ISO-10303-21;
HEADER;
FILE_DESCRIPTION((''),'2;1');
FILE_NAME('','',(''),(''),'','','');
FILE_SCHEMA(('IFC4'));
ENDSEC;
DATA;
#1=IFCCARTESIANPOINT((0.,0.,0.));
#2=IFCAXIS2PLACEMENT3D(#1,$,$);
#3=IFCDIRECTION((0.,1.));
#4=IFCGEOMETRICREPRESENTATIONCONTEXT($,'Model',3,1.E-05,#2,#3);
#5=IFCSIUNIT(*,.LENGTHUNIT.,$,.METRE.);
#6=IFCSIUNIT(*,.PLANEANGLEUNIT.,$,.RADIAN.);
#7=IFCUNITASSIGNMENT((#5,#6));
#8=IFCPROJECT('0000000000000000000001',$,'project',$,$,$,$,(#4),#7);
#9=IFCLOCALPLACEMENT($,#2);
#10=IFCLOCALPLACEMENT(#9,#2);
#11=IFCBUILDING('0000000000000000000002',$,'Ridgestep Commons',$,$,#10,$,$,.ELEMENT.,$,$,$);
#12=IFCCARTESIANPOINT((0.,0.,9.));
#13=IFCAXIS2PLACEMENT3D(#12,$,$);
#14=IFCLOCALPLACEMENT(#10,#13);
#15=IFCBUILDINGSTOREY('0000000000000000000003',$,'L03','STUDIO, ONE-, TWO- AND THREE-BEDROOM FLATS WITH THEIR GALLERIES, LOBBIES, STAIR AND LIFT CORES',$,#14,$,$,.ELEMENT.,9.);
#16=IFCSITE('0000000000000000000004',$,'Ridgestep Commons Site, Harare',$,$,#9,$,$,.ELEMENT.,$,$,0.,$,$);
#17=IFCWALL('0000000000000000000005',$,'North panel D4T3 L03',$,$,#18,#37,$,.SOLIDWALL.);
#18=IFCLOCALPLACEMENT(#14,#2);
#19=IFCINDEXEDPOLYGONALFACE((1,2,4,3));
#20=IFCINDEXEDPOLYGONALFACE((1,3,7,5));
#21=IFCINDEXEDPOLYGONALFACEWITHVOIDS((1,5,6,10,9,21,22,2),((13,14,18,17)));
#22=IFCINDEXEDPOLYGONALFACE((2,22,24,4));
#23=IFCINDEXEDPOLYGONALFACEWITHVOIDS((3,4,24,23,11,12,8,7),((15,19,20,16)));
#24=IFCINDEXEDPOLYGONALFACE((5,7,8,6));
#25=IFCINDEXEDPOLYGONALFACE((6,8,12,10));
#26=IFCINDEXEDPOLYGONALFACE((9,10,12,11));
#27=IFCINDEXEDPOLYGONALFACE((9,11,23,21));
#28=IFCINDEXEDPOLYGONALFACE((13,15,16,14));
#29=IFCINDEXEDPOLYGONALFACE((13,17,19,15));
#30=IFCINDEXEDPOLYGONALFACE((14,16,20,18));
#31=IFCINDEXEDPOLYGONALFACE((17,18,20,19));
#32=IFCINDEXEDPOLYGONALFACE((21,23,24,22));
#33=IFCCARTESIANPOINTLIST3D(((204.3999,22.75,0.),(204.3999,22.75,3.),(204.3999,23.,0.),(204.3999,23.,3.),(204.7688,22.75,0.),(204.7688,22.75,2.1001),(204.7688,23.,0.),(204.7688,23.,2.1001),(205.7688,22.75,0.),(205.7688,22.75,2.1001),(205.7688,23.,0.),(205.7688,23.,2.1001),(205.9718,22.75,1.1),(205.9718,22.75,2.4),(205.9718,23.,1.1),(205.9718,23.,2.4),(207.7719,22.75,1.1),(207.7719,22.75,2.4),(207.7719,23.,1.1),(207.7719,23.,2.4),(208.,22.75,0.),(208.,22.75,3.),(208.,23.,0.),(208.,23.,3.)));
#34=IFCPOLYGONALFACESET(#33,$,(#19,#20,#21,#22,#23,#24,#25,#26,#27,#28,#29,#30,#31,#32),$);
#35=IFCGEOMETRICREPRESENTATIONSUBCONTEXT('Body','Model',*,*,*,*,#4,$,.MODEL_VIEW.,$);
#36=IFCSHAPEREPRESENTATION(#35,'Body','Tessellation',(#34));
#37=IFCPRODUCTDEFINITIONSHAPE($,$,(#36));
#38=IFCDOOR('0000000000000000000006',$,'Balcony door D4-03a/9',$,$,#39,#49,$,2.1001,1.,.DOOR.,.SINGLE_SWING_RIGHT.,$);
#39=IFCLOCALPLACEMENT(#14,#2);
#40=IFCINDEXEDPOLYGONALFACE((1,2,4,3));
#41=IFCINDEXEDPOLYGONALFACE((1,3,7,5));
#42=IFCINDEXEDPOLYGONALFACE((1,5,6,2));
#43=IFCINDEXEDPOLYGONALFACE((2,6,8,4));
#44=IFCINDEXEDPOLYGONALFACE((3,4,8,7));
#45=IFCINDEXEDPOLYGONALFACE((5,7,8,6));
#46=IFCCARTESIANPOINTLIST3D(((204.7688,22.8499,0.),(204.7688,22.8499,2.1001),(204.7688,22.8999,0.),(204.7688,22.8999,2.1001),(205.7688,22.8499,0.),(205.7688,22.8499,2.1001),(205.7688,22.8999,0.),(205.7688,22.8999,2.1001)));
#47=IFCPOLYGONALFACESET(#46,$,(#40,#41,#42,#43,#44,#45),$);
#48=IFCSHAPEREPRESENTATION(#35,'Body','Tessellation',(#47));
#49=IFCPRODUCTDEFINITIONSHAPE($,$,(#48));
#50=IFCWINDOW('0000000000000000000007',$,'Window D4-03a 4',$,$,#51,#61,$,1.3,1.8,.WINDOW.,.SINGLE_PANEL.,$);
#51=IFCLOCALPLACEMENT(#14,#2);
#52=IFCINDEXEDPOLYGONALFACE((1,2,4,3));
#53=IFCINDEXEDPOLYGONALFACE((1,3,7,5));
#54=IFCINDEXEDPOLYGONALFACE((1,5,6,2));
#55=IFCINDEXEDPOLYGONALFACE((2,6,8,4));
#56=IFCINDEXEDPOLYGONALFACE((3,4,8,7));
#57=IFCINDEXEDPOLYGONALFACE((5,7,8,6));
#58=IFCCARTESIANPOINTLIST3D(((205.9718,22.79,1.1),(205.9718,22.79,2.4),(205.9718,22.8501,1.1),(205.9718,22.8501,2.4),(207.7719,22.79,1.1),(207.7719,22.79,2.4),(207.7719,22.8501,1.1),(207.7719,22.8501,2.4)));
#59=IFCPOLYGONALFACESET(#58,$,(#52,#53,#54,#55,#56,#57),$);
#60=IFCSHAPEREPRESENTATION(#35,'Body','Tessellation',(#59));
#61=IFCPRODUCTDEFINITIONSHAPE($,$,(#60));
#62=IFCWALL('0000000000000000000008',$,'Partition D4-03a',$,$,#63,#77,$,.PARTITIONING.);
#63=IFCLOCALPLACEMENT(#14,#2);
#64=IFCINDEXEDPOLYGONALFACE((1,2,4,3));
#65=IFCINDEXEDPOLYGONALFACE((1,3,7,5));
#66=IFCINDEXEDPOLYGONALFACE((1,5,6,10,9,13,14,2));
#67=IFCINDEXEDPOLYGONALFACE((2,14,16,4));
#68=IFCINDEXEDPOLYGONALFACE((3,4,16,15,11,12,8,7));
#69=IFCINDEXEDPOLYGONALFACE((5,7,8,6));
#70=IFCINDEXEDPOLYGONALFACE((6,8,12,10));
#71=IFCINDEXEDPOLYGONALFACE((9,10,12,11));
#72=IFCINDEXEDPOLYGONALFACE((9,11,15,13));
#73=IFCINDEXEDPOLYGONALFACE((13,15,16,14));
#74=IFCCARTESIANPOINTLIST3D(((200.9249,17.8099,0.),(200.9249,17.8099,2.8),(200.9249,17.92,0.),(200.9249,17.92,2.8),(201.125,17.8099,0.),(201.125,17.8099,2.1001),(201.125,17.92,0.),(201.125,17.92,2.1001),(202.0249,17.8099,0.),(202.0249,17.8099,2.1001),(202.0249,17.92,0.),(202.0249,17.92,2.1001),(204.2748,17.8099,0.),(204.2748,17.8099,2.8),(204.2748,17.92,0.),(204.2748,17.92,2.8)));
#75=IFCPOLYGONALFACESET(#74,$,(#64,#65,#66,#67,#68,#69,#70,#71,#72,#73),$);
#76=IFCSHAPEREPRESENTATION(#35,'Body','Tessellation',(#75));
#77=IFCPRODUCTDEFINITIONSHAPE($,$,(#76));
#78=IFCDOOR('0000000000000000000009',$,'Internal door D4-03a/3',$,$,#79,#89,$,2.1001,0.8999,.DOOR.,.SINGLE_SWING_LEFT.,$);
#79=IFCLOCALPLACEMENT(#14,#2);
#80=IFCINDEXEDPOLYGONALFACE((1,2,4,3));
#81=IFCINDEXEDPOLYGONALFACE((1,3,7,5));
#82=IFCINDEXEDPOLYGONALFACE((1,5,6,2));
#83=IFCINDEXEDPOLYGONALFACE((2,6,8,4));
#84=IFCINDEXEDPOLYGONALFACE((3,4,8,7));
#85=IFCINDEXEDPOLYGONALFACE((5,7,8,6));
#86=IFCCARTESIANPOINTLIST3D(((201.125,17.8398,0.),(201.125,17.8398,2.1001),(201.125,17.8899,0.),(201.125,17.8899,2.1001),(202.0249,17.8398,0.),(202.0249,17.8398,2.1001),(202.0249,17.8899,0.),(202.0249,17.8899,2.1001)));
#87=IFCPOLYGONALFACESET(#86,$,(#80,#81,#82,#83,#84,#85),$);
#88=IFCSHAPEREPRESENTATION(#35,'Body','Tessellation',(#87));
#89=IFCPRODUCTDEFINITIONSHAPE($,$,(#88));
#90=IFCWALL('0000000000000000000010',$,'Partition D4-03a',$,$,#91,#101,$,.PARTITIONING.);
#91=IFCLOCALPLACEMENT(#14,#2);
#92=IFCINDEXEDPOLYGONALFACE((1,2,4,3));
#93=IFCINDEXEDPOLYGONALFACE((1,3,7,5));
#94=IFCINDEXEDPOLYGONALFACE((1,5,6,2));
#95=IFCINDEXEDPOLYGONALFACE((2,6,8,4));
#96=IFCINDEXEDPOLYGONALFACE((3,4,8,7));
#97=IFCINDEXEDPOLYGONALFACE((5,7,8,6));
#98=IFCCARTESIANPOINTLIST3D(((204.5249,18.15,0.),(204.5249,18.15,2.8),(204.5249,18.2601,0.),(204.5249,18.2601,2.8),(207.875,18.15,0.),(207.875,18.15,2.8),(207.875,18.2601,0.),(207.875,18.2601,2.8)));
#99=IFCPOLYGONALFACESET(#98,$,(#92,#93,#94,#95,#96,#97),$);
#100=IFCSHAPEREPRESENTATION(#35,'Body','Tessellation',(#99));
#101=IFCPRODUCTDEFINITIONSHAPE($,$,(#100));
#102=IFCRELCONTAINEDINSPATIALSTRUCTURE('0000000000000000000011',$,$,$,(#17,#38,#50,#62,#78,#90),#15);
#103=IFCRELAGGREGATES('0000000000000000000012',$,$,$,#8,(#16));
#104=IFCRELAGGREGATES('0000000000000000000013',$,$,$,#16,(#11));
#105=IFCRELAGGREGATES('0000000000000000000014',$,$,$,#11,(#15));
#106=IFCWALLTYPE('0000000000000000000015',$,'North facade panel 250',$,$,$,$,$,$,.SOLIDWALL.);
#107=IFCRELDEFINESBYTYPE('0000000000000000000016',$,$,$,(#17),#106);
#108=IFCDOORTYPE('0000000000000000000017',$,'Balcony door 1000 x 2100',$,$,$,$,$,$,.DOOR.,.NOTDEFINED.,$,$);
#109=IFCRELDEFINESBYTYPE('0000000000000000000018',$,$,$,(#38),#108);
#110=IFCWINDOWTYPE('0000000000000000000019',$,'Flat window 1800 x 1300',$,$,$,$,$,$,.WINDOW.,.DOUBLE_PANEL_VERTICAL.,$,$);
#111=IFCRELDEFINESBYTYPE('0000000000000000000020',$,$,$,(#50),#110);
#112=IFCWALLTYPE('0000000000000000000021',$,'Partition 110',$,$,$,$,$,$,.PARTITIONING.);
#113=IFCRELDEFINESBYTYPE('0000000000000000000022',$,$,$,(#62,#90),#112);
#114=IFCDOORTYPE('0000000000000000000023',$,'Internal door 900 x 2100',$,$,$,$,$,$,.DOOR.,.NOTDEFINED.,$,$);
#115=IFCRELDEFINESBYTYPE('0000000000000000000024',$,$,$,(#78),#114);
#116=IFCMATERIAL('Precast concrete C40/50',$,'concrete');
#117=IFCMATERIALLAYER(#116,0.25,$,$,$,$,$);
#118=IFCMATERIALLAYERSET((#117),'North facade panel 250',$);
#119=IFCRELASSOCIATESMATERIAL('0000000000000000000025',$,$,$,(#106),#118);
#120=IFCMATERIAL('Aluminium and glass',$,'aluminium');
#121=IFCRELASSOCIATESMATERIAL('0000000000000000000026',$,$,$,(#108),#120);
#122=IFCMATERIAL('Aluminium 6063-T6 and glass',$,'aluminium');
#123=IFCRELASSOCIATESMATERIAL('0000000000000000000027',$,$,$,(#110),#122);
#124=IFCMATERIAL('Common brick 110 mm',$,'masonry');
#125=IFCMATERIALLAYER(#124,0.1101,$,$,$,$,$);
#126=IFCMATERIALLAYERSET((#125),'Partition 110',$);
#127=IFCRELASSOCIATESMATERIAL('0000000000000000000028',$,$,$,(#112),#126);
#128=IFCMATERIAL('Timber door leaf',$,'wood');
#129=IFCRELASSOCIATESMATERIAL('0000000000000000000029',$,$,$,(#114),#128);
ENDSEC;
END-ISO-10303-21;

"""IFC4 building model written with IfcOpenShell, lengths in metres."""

from ifc_helpers import new_model, si_unit, direction, frame, frame_2d, origin, place, context, subcontext, project, spatial, rectangle, extrude, material, layer, layer_set, type_object, element, fill, save


model = new_model("IFC4")

# Units and contexts
model_context = context("Model", 3, precision=1e-05, world=origin(), true_north=direction((0.0, 1.0)))
body_context = subcontext(model_context, "Body", "Model", "MODEL_VIEW")
ifc_project = project(units=[si_unit("LENGTHUNIT", "METRE"), si_unit("PLANEANGLEUNIT", "RADIAN")], contexts=[model_context])

# Site, building, storey
site_placement = place(None, origin())
site = spatial("IfcSite", under=ifc_project, at=site_placement, Name="Ridgestep Commons Site, Harare", CompositionType="ELEMENT", RefElevation=0.0)
building_placement = place(site_placement, origin())
building = spatial("IfcBuilding", under=site, at=building_placement, Name="Ridgestep Commons", CompositionType="ELEMENT")
storey_placement = place(building_placement, frame((0.0, 0.0, 9.0)))
storey = spatial("IfcBuildingStorey", under=building, at=storey_placement, Name="L03", Description="STUDIO, ONE-, TWO- AND THREE-BEDROOM FLATS WITH THEIR GALLERIES, LOBBIES, STAIR AND LIFT CORES", CompositionType="ELEMENT", Elevation=9.0)

# Wall, openings, door, window
ifc_material_1 = material(Name="Precast concrete C40/50", Category="concrete")
ifc_layer_1 = layer(ifc_material_1, 0.25)
ifc_layer_set_1 = layer_set([ifc_layer_1], Name="North facade panel 250")
wall_type_1 = type_object("IfcWallType", Name="North facade panel 250", PredefinedType="SOLIDWALL", material=ifc_layer_set_1)
wall_1_placement = place(storey_placement, frame((204.3999, 22.875, 0.0), z_axis=(0.0, 0.0, 1.0), x_axis=(1.0, 0.0, 0.0)))
wall_1 = element("IfcWall", 1, at=wall_1_placement, inside=storey, type_object=wall_type_1, Name="North panel D4T3 L03", PredefinedType="SOLIDWALL", context=body_context, shape_type="SweptSolid", body=[
    extrude(rectangle(XDim=3.6001, YDim=0.25, at=frame_2d((1.8, 0.0))), origin(), (0.0, 0.0, 1.0), 3.0),
])
opening_1_placement = place(wall_1_placement, frame((1.572, 0.0, 1.1001)))
opening_1 = element("IfcOpeningElement", 2, at=opening_1_placement, cuts=wall_1, PredefinedType="OPENING", context=body_context, shape_type="SweptSolid", body=[
    extrude(rectangle(XDim=1.8, YDim=1.3, at=frame_2d((0.8999, 0.6499))), frame((0.0, 0.135, 0.0), z_axis=(0.0, -1.0, 0.0), x_axis=(1.0, 0.0, 0.0)), (0.0, 0.0, 1.0), 0.27),
])
opening_2_placement = place(wall_1_placement, frame((0.3689, 0.0, 0.0)))
opening_2 = element("IfcOpeningElement", 3, at=opening_2_placement, cuts=wall_1, PredefinedType="OPENING", context=body_context, shape_type="SweptSolid", body=[
    extrude(rectangle(XDim=1.0, YDim=2.1001, at=frame_2d((0.5, 1.05))), frame((0.0, 0.135, 0.0), z_axis=(0.0, -1.0, 0.0), x_axis=(1.0, 0.0, 0.0)), (0.0, 0.0, 1.0), 0.27),
])
ifc_material_2 = material(Name="Aluminium and glass", Category="aluminium")
door_type_1 = type_object("IfcDoorType", Name="Balcony door 1000 x 2100", OperationType="NOTDEFINED", PredefinedType="DOOR", material=ifc_material_2)
door_1_placement = place(opening_2_placement, origin())
door_1 = element("IfcDoor", 4, at=door_1_placement, inside=storey, type_object=door_type_1, Name="Balcony door D4-03a/9", OperationType="SINGLE_SWING_RIGHT", OverallHeight=2.1001, OverallWidth=1.0, PredefinedType="DOOR", context=body_context, shape_type="SweptSolid", body=[
    extrude(rectangle(XDim=1.0, YDim=2.1001, at=frame_2d((0.5, 1.05))), frame((0.0, 0.0249, 0.0), z_axis=(0.0, -1.0, 0.0), x_axis=(1.0, 0.0, 0.0)), (0.0, 0.0, 1.0), 0.05),
])
fill(opening_2, door_1)
ifc_material_3 = material(Name="Aluminium 6063-T6 and glass", Category="aluminium")
window_type = type_object("IfcWindowType", Name="Flat window 1800 x 1300", PartitioningType="DOUBLE_PANEL_VERTICAL", PredefinedType="WINDOW", material=ifc_material_3)
window_placement = place(opening_1_placement, origin())
window = element("IfcWindow", 5, at=window_placement, inside=storey, type_object=window_type, Name="Window D4-03a 4", OverallHeight=1.3, OverallWidth=1.8, PartitioningType="SINGLE_PANEL", PredefinedType="WINDOW", context=body_context, shape_type="SweptSolid", body=[
    extrude(rectangle(XDim=1.8, YDim=1.3, at=frame_2d((0.8999, 0.6499))), frame((0.0, -0.0249, 0.0), z_axis=(0.0, -1.0, 0.0), x_axis=(1.0, 0.0, 0.0)), (0.0, 0.0, 1.0), 0.0601),
])
fill(opening_1, window)

# Wall, opening, door
ifc_material_4 = material(Name="Common brick 110 mm", Category="masonry")
ifc_layer_2 = layer(ifc_material_4, 0.1101)
ifc_layer_set_2 = layer_set([ifc_layer_2], Name="Partition 110")
wall_type_2 = type_object("IfcWallType", Name="Partition 110", PredefinedType="PARTITIONING", material=ifc_layer_set_2)
wall_2_placement = place(storey_placement, frame((200.925, 17.865, 0.0), z_axis=(0.0, 0.0, 1.0), x_axis=(1.0, 0.0, 0.0)))
wall_2 = element("IfcWall", 6, at=wall_2_placement, inside=storey, type_object=wall_type_2, Name="Partition D4-03a", PredefinedType="PARTITIONING", context=body_context, shape_type="SweptSolid", body=[
    extrude(rectangle(XDim=3.3499, YDim=0.1101, at=frame_2d((1.6748, 0.0))), origin(), (0.0, 0.0, 1.0), 2.8),
])
opening_3_placement = place(wall_2_placement, frame((0.2, 0.0, 0.0)))
opening_3 = element("IfcOpeningElement", 7, at=opening_3_placement, cuts=wall_2, PredefinedType="OPENING", context=body_context, shape_type="SweptSolid", body=[
    extrude(rectangle(XDim=0.8999, YDim=2.1001, at=frame_2d((0.45, 1.05))), frame((0.0, 0.0649, 0.0), z_axis=(0.0, -1.0, 0.0), x_axis=(1.0, 0.0, 0.0)), (0.0, 0.0, 1.0), 0.1301),
])
ifc_material_5 = material(Name="Timber door leaf", Category="wood")
door_type_2 = type_object("IfcDoorType", Name="Internal door 900 x 2100", OperationType="NOTDEFINED", PredefinedType="DOOR", material=ifc_material_5)
door_2_placement = place(opening_3_placement, origin())
door_2 = element("IfcDoor", 8, at=door_2_placement, inside=storey, type_object=door_type_2, Name="Internal door D4-03a/3", OperationType="SINGLE_SWING_LEFT", OverallHeight=2.1001, OverallWidth=0.8999, PredefinedType="DOOR", context=body_context, shape_type="SweptSolid", body=[
    extrude(rectangle(XDim=0.8999, YDim=2.1001, at=frame_2d((0.45, 1.05))), frame((0.0, 0.0249, 0.0), z_axis=(0.0, -1.0, 0.0), x_axis=(1.0, 0.0, 0.0)), (0.0, 0.0, 1.0), 0.05),
])
fill(opening_3, door_2)

# Wall
wall_3_placement = place(storey_placement, frame((204.5249, 18.2051, 0.0), z_axis=(0.0, 0.0, 1.0), x_axis=(1.0, 0.0, 0.0)))
element("IfcWall", 9, at=wall_3_placement, inside=storey, type_object=wall_type_2, Name="Partition D4-03a", PredefinedType="PARTITIONING", context=body_context, shape_type="SweptSolid", body=[
    extrude(rectangle(XDim=3.3501, YDim=0.1101, at=frame_2d((1.675, 0.0))), origin(), (0.0, 0.0, 1.0), 2.8),
])

save(model, "model.ifc")
